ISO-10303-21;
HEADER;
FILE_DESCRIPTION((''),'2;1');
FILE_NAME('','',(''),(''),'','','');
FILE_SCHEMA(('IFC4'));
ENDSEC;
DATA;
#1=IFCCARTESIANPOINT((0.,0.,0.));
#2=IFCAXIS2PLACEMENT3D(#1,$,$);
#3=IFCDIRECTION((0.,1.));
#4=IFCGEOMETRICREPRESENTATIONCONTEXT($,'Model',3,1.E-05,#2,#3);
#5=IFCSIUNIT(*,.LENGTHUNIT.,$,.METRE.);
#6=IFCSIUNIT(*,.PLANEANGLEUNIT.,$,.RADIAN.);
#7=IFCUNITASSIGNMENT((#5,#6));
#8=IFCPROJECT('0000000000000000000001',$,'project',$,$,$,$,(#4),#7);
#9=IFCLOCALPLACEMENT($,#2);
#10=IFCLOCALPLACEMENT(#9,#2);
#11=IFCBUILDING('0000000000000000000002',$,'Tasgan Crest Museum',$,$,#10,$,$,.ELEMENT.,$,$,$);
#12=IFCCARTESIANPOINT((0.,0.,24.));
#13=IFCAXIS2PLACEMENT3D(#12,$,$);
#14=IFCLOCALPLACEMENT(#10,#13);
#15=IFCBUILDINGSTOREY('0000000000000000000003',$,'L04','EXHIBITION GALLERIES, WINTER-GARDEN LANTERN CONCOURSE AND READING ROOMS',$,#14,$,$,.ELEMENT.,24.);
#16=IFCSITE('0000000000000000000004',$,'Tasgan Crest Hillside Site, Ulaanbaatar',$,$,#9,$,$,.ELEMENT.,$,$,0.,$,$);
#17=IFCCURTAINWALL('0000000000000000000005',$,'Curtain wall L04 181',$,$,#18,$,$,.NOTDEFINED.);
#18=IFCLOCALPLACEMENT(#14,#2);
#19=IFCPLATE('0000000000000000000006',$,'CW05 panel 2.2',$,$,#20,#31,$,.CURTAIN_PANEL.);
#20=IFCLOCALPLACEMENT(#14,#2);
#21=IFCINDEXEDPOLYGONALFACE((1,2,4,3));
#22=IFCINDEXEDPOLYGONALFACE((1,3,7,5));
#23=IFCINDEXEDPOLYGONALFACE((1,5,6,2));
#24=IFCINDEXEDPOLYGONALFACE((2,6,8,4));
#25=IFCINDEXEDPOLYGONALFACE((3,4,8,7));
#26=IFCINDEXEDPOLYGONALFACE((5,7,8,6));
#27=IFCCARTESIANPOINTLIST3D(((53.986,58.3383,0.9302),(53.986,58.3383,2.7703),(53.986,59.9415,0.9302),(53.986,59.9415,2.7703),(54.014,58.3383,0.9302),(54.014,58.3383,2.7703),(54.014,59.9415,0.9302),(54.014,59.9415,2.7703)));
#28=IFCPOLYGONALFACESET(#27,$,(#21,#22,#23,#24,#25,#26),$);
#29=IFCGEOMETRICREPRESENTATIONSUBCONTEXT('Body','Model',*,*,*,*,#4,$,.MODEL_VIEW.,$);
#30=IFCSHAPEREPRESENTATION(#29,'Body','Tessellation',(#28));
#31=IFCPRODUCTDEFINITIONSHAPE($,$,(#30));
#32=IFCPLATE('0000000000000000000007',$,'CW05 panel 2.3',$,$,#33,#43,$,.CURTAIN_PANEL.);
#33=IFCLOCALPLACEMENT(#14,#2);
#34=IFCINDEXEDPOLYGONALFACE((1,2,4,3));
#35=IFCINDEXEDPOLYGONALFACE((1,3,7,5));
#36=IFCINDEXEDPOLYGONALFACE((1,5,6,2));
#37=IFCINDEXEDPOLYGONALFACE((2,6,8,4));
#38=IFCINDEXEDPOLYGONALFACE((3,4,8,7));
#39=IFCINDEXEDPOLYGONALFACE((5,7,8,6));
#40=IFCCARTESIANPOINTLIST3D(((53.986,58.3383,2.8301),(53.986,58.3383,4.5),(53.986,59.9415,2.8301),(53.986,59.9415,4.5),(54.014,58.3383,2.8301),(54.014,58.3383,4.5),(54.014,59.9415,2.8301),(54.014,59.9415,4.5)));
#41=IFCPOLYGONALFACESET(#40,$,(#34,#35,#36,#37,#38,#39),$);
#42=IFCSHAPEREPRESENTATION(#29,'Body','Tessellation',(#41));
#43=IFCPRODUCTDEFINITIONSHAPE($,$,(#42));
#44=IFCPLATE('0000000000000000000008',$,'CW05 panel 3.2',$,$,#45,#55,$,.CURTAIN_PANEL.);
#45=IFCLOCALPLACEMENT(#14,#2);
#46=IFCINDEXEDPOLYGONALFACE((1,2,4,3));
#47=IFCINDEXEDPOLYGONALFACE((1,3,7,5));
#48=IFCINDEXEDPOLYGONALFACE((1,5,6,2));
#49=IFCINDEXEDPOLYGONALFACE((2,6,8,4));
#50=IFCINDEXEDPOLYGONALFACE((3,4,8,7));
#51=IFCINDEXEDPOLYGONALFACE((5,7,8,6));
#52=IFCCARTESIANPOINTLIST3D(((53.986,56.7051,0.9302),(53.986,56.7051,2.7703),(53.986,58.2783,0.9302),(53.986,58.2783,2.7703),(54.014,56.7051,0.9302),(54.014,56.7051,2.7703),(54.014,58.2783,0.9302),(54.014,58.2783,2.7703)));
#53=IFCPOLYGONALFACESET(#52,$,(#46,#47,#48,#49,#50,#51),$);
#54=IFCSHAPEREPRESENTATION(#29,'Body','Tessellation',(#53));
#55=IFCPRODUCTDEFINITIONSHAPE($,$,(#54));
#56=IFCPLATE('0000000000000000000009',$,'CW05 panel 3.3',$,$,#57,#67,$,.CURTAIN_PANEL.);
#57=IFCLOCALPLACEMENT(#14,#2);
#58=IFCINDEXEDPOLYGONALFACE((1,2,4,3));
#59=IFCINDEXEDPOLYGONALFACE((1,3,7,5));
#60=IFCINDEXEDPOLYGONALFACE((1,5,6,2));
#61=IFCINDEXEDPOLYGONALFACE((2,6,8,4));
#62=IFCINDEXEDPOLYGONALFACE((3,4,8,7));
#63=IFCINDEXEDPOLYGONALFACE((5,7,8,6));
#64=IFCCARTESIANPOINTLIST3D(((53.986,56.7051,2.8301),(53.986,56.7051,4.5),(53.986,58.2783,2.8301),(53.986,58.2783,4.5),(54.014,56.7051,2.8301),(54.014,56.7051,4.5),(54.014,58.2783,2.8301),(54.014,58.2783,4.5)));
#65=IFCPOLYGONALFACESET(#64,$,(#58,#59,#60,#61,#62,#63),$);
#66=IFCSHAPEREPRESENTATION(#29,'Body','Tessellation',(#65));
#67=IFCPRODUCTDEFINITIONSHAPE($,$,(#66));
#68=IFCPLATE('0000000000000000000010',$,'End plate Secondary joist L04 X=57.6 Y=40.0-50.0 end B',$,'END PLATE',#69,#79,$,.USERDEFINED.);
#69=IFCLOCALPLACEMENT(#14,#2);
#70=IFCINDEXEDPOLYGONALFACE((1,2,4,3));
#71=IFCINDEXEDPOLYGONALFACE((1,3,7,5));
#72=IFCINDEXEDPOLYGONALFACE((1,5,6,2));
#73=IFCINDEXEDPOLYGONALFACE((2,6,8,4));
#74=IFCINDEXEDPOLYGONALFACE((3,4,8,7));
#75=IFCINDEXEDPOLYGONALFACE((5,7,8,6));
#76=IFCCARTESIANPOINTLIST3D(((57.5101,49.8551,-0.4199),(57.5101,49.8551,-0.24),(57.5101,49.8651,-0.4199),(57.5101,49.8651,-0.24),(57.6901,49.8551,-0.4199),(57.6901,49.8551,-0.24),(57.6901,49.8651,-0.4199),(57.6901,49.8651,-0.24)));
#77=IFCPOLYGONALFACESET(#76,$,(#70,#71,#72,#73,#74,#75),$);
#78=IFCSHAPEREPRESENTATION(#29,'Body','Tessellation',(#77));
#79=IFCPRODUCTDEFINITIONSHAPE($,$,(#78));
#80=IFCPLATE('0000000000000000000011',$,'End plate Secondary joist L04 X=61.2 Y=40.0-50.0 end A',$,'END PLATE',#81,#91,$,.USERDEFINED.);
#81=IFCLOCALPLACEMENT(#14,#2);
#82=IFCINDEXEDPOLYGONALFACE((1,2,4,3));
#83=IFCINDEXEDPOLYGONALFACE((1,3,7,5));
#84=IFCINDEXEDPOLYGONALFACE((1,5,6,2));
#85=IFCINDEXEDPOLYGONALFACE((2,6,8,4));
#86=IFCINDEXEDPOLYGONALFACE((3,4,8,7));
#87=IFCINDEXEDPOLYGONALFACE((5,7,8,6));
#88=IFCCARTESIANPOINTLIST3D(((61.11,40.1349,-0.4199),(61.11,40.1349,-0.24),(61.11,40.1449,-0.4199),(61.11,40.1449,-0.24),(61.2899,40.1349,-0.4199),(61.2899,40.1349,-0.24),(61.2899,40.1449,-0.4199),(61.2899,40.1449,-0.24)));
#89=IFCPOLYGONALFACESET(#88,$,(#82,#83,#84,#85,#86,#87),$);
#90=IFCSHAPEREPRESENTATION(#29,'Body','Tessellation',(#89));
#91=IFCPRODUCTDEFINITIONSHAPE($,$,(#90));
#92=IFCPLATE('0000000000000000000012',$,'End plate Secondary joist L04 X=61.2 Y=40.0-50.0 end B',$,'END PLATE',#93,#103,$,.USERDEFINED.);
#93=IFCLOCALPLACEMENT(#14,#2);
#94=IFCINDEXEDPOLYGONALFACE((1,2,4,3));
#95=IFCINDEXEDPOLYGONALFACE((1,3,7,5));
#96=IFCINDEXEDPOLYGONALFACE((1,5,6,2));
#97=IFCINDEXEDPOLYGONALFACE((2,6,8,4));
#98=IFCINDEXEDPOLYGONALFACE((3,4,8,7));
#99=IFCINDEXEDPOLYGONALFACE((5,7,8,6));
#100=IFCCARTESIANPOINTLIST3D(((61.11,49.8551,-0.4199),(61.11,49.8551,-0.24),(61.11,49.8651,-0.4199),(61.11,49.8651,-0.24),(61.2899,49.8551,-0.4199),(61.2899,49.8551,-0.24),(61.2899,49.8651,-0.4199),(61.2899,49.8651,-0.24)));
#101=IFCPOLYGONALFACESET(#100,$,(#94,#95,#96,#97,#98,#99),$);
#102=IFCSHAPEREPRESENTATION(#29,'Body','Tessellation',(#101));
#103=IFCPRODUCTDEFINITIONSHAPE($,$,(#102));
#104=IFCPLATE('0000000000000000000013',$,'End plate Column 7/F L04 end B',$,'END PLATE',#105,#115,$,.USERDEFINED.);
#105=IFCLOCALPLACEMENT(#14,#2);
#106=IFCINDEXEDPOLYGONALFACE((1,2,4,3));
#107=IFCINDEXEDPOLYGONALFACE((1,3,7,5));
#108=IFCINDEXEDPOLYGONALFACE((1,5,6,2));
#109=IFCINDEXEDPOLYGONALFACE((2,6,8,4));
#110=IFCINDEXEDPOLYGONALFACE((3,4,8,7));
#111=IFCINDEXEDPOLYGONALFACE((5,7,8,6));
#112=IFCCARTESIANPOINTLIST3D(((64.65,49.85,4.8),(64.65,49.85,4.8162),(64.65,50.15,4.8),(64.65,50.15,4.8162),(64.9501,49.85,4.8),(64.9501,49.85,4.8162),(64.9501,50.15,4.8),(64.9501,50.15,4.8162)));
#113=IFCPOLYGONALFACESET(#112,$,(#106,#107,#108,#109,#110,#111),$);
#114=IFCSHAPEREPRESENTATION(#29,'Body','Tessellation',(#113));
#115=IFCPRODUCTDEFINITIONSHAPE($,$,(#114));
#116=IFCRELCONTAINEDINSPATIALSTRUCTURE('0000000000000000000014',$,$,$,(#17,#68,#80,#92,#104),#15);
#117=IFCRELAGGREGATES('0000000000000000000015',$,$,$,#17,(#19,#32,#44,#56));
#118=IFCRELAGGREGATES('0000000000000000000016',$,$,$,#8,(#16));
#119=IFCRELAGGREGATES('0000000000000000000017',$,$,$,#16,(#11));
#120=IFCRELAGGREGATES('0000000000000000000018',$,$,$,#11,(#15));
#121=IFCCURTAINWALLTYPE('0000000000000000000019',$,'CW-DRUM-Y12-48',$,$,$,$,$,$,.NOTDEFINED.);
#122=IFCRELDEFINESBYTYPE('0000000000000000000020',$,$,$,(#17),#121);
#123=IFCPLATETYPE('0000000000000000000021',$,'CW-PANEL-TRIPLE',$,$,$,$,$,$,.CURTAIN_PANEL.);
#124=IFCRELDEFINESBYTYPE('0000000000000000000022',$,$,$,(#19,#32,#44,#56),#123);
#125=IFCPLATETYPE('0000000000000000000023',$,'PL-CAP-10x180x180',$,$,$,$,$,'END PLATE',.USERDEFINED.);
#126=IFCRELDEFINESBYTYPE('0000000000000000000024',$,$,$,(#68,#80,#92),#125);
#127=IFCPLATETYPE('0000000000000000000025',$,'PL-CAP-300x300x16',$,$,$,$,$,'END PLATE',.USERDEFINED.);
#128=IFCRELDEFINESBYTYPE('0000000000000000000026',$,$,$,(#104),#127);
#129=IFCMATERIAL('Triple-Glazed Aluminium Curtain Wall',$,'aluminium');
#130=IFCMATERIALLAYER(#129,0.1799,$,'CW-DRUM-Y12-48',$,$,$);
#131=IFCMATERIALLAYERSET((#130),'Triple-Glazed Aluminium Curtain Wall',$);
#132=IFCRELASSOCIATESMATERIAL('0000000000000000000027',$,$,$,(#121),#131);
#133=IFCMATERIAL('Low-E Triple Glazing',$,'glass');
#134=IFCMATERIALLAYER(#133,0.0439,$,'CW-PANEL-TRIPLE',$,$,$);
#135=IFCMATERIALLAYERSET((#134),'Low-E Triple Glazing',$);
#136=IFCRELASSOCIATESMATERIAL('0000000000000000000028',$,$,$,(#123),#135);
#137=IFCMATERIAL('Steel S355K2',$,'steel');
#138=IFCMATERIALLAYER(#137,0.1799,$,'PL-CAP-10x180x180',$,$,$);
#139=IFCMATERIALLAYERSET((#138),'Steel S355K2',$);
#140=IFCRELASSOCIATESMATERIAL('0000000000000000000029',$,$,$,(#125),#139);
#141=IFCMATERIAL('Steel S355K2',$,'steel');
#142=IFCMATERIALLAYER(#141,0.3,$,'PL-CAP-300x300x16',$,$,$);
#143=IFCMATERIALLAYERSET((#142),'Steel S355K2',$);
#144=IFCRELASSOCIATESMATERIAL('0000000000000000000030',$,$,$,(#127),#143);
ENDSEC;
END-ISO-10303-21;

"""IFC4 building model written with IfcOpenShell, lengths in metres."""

from ifc_helpers import new_model, si_unit, direction, frame, origin, origin_2d, place, context, subcontext, project, spatial, rectangle, extrude, material, layer, layer_set, type_object, element, aggregate, save


model = new_model("IFC4")

# Units and contexts
model_context = context("Model", 3, precision=1e-05, world=origin(), true_north=direction((0.0, 1.0)))
body_context = subcontext(model_context, "Body", "Model", "MODEL_VIEW")
ifc_project = project(units=[si_unit("LENGTHUNIT", "METRE"), si_unit("PLANEANGLEUNIT", "RADIAN")], contexts=[model_context])

# Site, building, storey
site_placement = place(None, origin())
site = spatial("IfcSite", under=ifc_project, at=site_placement, Name="Tasgan Crest Hillside Site, Ulaanbaatar", CompositionType="ELEMENT", RefElevation=0.0)
building_placement = place(site_placement, origin())
building = spatial("IfcBuilding", under=site, at=building_placement, Name="Tasgan Crest Museum", CompositionType="ELEMENT")
storey_placement = place(building_placement, frame((0.0, 0.0, 24.0)))
storey = spatial("IfcBuildingStorey", under=building, at=storey_placement, Name="L04", Description="EXHIBITION GALLERIES, WINTER-GARDEN LANTERN CONCOURSE AND READING ROOMS", CompositionType="ELEMENT", Elevation=24.0)

# Curtain wall
ifc_material_1 = material(Name="Triple-Glazed Aluminium Curtain Wall", Category="aluminium")
ifc_layer_1 = layer(ifc_material_1, 0.1799, Name="CW-DRUM-Y12-48")
ifc_layer_set_1 = layer_set([ifc_layer_1], Name="Triple-Glazed Aluminium Curtain Wall")
curtain_wall_type = type_object("IfcCurtainWallType", Name="CW-DRUM-Y12-48", PredefinedType="NOTDEFINED", material=ifc_layer_set_1)
curtain_wall_placement = place(storey_placement, origin())
curtain_wall = element("IfcCurtainWall", 1, at=curtain_wall_placement, inside=storey, type_object=curtain_wall_type, Name="Curtain wall L04 181", PredefinedType="NOTDEFINED")

# Plates
ifc_material_2 = material(Name="Low-E Triple Glazing", Category="glass")
ifc_layer_2 = layer(ifc_material_2, 0.0439, Name="CW-PANEL-TRIPLE")
ifc_layer_set_2 = layer_set([ifc_layer_2], Name="Low-E Triple Glazing")
plate_type_1 = type_object("IfcPlateType", Name="CW-PANEL-TRIPLE", PredefinedType="CURTAIN_PANEL", material=ifc_layer_set_2)
plate_1_placement = place(storey_placement, frame((54.0, 59.1399, 0.9302), z_axis=(0.0, 0.0, 1.0), x_axis=(0.0, -1.0, 0.0)))
plate_1 = element("IfcPlate", 2, at=plate_1_placement, type_object=plate_type_1, Name="CW05 panel 2.2", PredefinedType="CURTAIN_PANEL", context=body_context, shape_type="SweptSolid", body=[
    extrude(rectangle(XDim=1.6033, YDim=0.0281, at=origin_2d()), origin(), (0.0, 0.0, 1.0), 1.8401),
])
plate_2_placement = place(storey_placement, frame((54.0, 59.1399, 2.8301), z_axis=(0.0, 0.0, 1.0), x_axis=(0.0, -1.0, 0.0)))
plate_2 = element("IfcPlate", 3, at=plate_2_placement, type_object=plate_type_1, Name="CW05 panel 2.3", PredefinedType="CURTAIN_PANEL", context=body_context, shape_type="SweptSolid", body=[
    extrude(rectangle(XDim=1.6033, YDim=0.0281, at=origin_2d()), origin(), (0.0, 0.0, 1.0), 1.6699),
])
plate_3_placement = place(storey_placement, frame((54.0, 57.4917, 0.9302), z_axis=(0.0, 0.0, 1.0), x_axis=(0.0, -1.0, 0.0)))
plate_3 = element("IfcPlate", 4, at=plate_3_placement, type_object=plate_type_1, Name="CW05 panel 3.2", PredefinedType="CURTAIN_PANEL", context=body_context, shape_type="SweptSolid", body=[
    extrude(rectangle(XDim=1.5732, YDim=0.0281, at=origin_2d()), origin(), (0.0, 0.0, 1.0), 1.8401),
])
plate_4_placement = place(storey_placement, frame((54.0, 57.4917, 2.8301), z_axis=(0.0, 0.0, 1.0), x_axis=(0.0, -1.0, 0.0)))
plate_4 = element("IfcPlate", 5, at=plate_4_placement, type_object=plate_type_1, Name="CW05 panel 3.3", PredefinedType="CURTAIN_PANEL", context=body_context, shape_type="SweptSolid", body=[
    extrude(rectangle(XDim=1.5732, YDim=0.0281, at=origin_2d()), origin(), (0.0, 0.0, 1.0), 1.6699),
])
aggregate(curtain_wall, [plate_1, plate_2, plate_3, plate_4])

# Plates
ifc_material_3 = material(Name="Steel S355K2", Category="steel")
ifc_layer_3 = layer(ifc_material_3, 0.1799, Name="PL-CAP-10x180x180")
ifc_layer_set_3 = layer_set([ifc_layer_3], Name="Steel S355K2")
plate_type_2 = type_object("IfcPlateType", Name="PL-CAP-10x180x180", ElementType="END PLATE", PredefinedType="USERDEFINED", material=ifc_layer_set_3)
for number, where, z_axis, x_axis, name in (
    (6, (57.6001, 49.8601, -0.4199), (0.0, 0.0, 1.0), (0.0, 1.0, 0.0), "End plate Secondary joist L04 X=57.6 Y=40.0-50.0 end B"),
    (7, (61.2, 40.1399, -0.4199), (0.0, 0.0, 1.0), (0.0, 1.0, 0.0), "End plate Secondary joist L04 X=61.2 Y=40.0-50.0 end A"),
    (8, (61.2, 49.8601, -0.4199), (0.0, 0.0, 1.0), (0.0, 1.0, 0.0), "End plate Secondary joist L04 X=61.2 Y=40.0-50.0 end B"),
):
    element("IfcPlate", number, at=place(storey_placement, frame(where, z_axis=z_axis, x_axis=x_axis)), inside=storey, type_object=plate_type_2, Name=name, ObjectType="END PLATE", PredefinedType="USERDEFINED", context=body_context, shape_type="SweptSolid", body=[
        extrude(rectangle(XDim=0.01, YDim=0.1799, at=origin_2d()), origin(), (0.0, 0.0, 1.0), 0.1799),
    ])
ifc_material_4 = material(Name="Steel S355K2", Category="steel")
ifc_layer_4 = layer(ifc_material_4, 0.3, Name="PL-CAP-300x300x16")
ifc_layer_set_4 = layer_set([ifc_layer_4], Name="Steel S355K2")
plate_type_3 = type_object("IfcPlateType", Name="PL-CAP-300x300x16", ElementType="END PLATE", PredefinedType="USERDEFINED", material=ifc_layer_set_4)
plate_5_placement = place(storey_placement, frame((64.8, 50.0, 4.8), z_axis=(0.0, 0.0, 1.0), x_axis=(1.0, 0.0, 0.0)))
element("IfcPlate", 9, at=plate_5_placement, inside=storey, type_object=plate_type_3, Name="End plate Column 7/F L04 end B", ObjectType="END PLATE", PredefinedType="USERDEFINED", context=body_context, shape_type="SweptSolid", body=[
    extrude(rectangle(XDim=0.3, YDim=0.3, at=origin_2d()), origin(), (0.0, 0.0, 1.0), 0.0161),
])

save(model, "model.ifc")
